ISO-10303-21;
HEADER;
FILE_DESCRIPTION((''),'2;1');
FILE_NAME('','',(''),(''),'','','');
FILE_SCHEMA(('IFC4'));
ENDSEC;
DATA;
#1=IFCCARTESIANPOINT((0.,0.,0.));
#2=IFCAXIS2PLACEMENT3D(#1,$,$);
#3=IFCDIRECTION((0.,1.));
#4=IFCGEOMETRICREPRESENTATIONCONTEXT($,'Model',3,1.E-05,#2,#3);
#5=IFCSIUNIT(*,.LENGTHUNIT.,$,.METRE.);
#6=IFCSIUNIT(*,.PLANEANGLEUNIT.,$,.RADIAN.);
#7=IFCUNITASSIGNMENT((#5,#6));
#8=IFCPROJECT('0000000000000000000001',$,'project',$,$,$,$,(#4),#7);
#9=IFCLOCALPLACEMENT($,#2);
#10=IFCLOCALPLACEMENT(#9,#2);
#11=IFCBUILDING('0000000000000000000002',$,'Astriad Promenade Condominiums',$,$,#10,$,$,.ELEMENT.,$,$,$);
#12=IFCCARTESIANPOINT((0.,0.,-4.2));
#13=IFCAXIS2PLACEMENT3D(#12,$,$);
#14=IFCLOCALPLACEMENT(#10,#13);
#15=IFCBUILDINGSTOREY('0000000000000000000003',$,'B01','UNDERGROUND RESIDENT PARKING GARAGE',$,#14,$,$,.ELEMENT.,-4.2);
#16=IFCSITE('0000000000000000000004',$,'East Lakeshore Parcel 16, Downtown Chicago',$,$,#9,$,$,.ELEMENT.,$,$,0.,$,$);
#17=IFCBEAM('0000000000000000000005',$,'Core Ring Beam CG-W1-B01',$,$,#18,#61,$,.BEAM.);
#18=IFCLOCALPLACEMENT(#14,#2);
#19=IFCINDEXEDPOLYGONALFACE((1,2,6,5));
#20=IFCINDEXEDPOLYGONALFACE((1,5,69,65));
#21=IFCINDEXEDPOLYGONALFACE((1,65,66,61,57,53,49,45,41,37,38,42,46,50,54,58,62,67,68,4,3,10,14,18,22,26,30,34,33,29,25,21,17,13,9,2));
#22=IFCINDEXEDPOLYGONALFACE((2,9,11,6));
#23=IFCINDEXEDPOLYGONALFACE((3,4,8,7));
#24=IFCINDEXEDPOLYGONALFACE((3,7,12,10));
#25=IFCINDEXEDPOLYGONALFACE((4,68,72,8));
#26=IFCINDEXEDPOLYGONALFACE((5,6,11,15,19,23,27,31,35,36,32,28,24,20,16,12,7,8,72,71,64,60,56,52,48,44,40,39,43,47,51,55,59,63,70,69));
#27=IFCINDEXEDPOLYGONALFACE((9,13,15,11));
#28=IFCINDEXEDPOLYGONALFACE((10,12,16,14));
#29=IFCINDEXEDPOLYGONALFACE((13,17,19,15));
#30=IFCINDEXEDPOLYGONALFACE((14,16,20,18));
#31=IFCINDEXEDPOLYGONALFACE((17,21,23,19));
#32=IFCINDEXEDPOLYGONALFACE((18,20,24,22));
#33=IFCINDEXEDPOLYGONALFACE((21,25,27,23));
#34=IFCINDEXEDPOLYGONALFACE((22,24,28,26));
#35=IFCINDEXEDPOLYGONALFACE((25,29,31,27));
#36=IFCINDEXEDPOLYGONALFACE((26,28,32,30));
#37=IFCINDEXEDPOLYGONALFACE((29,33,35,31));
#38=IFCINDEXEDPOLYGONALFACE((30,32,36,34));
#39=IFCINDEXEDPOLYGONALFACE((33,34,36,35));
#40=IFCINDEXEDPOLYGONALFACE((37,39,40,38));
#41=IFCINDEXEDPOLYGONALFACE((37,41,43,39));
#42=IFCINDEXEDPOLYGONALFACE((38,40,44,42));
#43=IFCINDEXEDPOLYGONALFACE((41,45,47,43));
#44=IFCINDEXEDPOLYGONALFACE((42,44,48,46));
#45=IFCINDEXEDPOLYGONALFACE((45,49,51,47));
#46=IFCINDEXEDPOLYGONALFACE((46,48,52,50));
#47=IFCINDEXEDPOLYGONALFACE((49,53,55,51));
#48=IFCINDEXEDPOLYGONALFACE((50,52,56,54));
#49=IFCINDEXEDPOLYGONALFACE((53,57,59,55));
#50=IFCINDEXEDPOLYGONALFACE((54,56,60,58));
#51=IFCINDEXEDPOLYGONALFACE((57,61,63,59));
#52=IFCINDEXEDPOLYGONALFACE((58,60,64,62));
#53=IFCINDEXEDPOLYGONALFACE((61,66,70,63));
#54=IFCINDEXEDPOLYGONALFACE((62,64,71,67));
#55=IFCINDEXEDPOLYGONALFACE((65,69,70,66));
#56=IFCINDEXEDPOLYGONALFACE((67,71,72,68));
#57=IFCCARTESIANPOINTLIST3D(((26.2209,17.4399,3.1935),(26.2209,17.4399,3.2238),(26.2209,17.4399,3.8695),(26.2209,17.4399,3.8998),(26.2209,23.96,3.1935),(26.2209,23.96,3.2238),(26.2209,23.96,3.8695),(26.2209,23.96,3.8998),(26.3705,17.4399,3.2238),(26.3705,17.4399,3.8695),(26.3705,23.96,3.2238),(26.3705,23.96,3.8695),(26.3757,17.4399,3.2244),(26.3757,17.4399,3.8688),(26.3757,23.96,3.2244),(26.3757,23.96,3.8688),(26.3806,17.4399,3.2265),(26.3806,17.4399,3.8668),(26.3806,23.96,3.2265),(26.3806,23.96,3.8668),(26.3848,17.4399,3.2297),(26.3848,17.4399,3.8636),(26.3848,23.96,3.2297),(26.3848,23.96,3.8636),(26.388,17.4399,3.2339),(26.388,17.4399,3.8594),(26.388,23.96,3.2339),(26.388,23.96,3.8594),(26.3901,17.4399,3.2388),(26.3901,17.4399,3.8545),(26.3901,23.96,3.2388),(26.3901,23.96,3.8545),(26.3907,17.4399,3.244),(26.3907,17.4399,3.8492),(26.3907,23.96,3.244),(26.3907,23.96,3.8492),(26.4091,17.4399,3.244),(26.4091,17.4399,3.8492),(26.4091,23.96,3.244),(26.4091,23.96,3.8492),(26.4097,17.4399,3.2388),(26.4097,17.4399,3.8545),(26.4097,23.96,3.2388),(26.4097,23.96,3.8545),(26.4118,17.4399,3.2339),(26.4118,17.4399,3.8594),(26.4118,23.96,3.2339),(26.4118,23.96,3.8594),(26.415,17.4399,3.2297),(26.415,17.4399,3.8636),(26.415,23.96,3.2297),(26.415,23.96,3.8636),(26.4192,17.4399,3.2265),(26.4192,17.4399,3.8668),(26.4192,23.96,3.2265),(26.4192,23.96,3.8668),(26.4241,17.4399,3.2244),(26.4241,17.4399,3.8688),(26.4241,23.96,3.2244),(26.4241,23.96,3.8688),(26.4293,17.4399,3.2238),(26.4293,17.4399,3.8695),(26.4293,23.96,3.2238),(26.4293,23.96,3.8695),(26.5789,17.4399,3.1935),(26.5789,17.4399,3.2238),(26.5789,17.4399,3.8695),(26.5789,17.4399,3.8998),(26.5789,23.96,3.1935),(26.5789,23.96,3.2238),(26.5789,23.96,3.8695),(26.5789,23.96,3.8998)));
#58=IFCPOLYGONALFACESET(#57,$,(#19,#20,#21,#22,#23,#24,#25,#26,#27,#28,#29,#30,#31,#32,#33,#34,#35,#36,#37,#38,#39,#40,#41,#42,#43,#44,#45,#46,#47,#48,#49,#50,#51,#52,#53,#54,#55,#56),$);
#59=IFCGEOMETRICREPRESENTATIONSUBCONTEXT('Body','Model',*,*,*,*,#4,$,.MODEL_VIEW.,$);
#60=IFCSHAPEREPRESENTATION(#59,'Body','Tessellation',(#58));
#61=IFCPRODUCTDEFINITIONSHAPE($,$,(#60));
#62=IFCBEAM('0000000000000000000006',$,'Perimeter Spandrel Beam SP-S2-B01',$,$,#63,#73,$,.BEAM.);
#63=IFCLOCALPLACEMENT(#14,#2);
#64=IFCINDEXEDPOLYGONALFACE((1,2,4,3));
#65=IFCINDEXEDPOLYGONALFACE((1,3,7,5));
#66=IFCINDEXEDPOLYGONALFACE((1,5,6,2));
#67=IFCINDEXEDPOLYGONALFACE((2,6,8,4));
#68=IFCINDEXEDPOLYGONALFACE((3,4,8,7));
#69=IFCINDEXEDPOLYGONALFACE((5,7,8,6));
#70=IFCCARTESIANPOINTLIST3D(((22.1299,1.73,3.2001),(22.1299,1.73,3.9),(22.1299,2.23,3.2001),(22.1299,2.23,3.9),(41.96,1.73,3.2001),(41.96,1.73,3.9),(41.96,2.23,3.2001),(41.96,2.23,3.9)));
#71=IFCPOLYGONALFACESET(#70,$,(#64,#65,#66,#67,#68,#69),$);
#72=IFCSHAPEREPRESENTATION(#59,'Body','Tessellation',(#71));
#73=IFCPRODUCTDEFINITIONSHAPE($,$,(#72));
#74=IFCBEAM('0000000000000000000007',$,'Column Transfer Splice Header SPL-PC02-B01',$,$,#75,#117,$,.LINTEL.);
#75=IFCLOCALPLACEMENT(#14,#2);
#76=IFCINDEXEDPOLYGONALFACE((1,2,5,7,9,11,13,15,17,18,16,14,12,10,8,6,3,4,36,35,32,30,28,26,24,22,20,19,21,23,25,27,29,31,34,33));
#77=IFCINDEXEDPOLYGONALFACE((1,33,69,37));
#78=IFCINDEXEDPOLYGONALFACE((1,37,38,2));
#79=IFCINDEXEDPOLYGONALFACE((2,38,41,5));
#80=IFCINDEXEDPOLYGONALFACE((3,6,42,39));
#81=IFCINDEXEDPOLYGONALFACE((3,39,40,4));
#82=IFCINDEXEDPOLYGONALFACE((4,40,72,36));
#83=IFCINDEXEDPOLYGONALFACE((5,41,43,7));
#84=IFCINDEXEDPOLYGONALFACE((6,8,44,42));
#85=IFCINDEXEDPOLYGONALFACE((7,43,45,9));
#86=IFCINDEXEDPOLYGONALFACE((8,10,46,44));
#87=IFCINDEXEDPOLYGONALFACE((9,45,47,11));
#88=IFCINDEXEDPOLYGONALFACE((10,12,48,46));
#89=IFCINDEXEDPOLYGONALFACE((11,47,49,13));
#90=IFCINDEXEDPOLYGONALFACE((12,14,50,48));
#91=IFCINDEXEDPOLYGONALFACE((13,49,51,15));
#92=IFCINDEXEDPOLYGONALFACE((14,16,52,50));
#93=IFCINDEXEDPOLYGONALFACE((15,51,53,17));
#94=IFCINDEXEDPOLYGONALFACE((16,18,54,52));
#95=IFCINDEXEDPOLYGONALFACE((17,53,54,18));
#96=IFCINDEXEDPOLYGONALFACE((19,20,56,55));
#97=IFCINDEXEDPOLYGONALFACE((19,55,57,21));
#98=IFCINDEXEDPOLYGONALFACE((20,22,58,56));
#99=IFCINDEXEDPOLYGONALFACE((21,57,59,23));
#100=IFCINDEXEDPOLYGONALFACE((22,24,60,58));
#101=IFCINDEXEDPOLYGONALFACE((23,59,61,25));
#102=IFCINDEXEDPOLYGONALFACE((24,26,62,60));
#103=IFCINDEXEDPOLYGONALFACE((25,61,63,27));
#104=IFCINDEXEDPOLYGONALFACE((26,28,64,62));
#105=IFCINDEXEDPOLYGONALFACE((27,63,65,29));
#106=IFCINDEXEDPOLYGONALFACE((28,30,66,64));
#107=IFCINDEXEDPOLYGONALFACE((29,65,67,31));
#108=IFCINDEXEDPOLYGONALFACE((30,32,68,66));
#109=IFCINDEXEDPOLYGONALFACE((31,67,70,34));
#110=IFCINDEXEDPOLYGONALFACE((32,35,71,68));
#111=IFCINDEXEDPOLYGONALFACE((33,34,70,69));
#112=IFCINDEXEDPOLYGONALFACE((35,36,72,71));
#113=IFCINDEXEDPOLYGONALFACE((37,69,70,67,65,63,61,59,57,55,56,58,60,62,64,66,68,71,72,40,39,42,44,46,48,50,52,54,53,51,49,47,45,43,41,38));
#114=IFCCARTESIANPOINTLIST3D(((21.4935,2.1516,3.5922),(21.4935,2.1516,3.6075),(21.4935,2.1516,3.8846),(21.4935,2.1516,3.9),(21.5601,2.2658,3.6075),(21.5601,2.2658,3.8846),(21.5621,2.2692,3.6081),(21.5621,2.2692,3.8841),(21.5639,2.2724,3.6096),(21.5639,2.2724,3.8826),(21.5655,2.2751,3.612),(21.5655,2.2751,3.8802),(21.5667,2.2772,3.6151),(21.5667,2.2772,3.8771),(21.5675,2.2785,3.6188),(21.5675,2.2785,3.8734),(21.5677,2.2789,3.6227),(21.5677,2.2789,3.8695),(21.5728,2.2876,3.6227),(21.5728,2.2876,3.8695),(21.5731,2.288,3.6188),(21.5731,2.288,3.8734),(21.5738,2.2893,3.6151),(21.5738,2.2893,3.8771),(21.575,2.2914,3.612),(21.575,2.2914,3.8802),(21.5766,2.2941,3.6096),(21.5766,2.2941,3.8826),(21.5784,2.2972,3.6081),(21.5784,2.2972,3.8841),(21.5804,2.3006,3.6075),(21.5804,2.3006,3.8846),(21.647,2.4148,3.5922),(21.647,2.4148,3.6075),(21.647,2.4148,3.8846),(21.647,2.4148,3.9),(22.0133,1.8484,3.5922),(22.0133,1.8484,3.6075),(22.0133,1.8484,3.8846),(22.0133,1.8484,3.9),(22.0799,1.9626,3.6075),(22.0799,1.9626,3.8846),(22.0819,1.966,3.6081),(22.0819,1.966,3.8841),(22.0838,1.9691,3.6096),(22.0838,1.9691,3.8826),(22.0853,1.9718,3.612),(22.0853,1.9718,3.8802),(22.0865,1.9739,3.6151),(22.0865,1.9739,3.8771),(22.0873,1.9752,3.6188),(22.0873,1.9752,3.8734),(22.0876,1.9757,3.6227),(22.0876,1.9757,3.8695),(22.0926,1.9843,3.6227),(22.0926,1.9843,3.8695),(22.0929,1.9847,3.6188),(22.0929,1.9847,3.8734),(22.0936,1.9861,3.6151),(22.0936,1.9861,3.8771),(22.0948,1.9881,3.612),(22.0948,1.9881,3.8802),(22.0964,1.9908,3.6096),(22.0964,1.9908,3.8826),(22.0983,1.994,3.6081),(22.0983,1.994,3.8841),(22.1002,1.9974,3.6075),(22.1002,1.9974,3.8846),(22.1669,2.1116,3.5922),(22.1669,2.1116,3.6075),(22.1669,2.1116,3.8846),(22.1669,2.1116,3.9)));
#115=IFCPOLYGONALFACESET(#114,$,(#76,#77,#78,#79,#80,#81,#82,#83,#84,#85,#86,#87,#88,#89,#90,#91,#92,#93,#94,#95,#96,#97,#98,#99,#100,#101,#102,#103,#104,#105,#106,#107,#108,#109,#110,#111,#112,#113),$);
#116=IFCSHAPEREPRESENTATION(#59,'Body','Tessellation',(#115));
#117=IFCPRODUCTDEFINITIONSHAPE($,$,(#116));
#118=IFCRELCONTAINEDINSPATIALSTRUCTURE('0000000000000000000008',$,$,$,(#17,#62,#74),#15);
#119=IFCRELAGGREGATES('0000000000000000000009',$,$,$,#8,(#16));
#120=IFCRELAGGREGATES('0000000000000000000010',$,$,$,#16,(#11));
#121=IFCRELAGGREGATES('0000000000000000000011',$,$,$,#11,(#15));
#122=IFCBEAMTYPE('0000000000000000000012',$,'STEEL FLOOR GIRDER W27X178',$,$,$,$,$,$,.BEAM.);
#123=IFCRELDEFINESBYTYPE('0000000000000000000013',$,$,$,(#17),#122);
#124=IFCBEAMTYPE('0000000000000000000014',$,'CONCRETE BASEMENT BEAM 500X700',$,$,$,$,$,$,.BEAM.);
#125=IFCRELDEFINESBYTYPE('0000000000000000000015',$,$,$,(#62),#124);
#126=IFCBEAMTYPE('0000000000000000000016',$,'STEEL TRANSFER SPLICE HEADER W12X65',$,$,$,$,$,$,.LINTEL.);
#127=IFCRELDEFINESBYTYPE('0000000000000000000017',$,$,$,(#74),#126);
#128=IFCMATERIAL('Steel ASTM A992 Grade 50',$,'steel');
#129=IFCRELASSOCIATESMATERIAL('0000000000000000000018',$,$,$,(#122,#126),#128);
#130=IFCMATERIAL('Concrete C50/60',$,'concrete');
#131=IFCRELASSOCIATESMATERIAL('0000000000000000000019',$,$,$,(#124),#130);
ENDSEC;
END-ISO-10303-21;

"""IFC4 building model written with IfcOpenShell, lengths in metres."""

from ifc_helpers import new_model, si_unit, direction, frame, origin, origin_2d, place, context, subcontext, project, spatial, rectangle, i_section, extrude, source, transform, mapped, material, material_profile, profile_set, type_object, type_shapes, element, save


model = new_model("IFC4")

# Units and contexts
model_context = context("Model", 3, precision=1e-05, world=origin(), true_north=direction((0.0, 1.0)))
body_context = subcontext(model_context, "Body", "Model", "MODEL_VIEW")
ifc_project = project(units=[si_unit("LENGTHUNIT", "METRE"), si_unit("PLANEANGLEUNIT", "RADIAN")], contexts=[model_context])

# Site, building, storey
site_placement = place(None, origin())
site = spatial("IfcSite", under=ifc_project, at=site_placement, Name="East Lakeshore Parcel 16, Downtown Chicago", CompositionType="ELEMENT", RefElevation=0.0)
building_placement = place(site_placement, origin())
building = spatial("IfcBuilding", under=site, at=building_placement, Name="Astriad Promenade Condominiums", CompositionType="ELEMENT")
storey_placement = place(building_placement, frame((0.0, 0.0, -4.2)))
storey = spatial("IfcBuildingStorey", under=building, at=storey_placement, Name="B01", Description="UNDERGROUND RESIDENT PARKING GARAGE", CompositionType="ELEMENT", Elevation=-4.2)

# Shared definitions
ifc_material_1 = material(Name="Steel ASTM A992 Grade 50", Category="steel")

# Beams
ifc_material_profile_1 = material_profile(ifc_material_1, i_section(OverallWidth=0.3579, OverallDepth=0.7063, WebThickness=0.0183, FlangeThickness=0.0303, FilletRadius=0.0203, at=origin_2d()), Name="W27X178")
ifc_profile_set_1 = profile_set([ifc_material_profile_1], Name="Steel ASTM A992 Grade 50")
beam_type_1 = type_object("IfcBeamType", Name="STEEL FLOOR GIRDER W27X178", PredefinedType="BEAM", material=ifc_profile_set_1)
shared_shape_1 = source(origin(), body_context, "Body", "SweptSolid", [
    extrude(i_section(OverallWidth=0.3579, OverallDepth=0.7063, WebThickness=0.0183, FlangeThickness=0.0303, FilletRadius=0.0203, at=origin_2d()), origin(), (0.0, 0.0, 1.0), 6.52),
])
type_shapes(beam_type_1, [shared_shape_1])
beam_1_placement = place(storey_placement, frame((26.3999, 17.4399, 3.5466), z_axis=(0.0, 1.0, 0.0), x_axis=(-1.0, 0.0, 0.0)))
element("IfcBeam", 1, at=beam_1_placement, inside=storey, type_object=beam_type_1, Name="Core Ring Beam CG-W1-B01", PredefinedType="BEAM", context=body_context, shape_type="MappedRepresentation", body=[
    mapped(shared_shape_1, transform((0.0, 0.0, 0.0), scale=1.0)),
])
ifc_material_2 = material(Name="Concrete C50/60", Category="concrete")
ifc_material_profile_2 = material_profile(ifc_material_2, rectangle(XDim=0.5, YDim=0.7, at=origin_2d()), Name="RC-BM-500X700")
ifc_profile_set_2 = profile_set([ifc_material_profile_2], Name="Concrete C50/60")
beam_type_2 = type_object("IfcBeamType", Name="CONCRETE BASEMENT BEAM 500X700", PredefinedType="BEAM", material=ifc_profile_set_2)
shared_shape_2 = source(origin(), body_context, "Body", "SweptSolid", [
    extrude(rectangle(XDim=0.5, YDim=0.7, at=origin_2d()), origin(), (0.0, 0.0, 1.0), 19.8301),
])
type_shapes(beam_type_2, [shared_shape_2])
beam_2_placement = place(storey_placement, frame((22.1299, 1.98, 3.55), z_axis=(1.0, 0.0, 0.0), x_axis=(0.0, 1.0, 0.0)))
element("IfcBeam", 2, at=beam_2_placement, inside=storey, type_object=beam_type_2, Name="Perimeter Spandrel Beam SP-S2-B01", PredefinedType="BEAM", context=body_context, shape_type="MappedRepresentation", body=[
    mapped(shared_shape_2, transform((0.0, 0.0, 0.0), scale=1.0)),
])
ifc_material_profile_3 = material_profile(ifc_material_1, i_section(OverallWidth=0.3047, OverallDepth=0.3079, WebThickness=0.01, FlangeThickness=0.0154, FilletRadius=0.0151, at=origin_2d()), Name="W12X65")
ifc_profile_set_3 = profile_set([ifc_material_profile_3], Name="Steel ASTM A992 Grade 50")
beam_type_3 = type_object("IfcBeamType", Name="STEEL TRANSFER SPLICE HEADER W12X65", PredefinedType="LINTEL", material=ifc_profile_set_3)
shared_shape_3 = source(origin(), body_context, "Body", "SweptSolid", [
    extrude(i_section(OverallWidth=0.3047, OverallDepth=0.3079, WebThickness=0.01, FlangeThickness=0.0154, FilletRadius=0.0151, at=origin_2d()), origin(), (0.0, 0.0, 1.0), 0.6018),
])
type_shapes(beam_type_3, [shared_shape_3])
beam_3_placement = place(storey_placement, frame((22.0901, 1.98, 3.7461), z_axis=(-0.863764, 0.503896, 0.0), x_axis=(-0.503896, -0.863764, 0.0)))
element("IfcBeam", 3, at=beam_3_placement, inside=storey, type_object=beam_type_3, Name="Column Transfer Splice Header SPL-PC02-B01", PredefinedType="LINTEL", context=body_context, shape_type="MappedRepresentation", body=[
    mapped(shared_shape_3, transform((0.0, 0.0, 0.0), scale=1.0)),
])

save(model, "model.ifc")
